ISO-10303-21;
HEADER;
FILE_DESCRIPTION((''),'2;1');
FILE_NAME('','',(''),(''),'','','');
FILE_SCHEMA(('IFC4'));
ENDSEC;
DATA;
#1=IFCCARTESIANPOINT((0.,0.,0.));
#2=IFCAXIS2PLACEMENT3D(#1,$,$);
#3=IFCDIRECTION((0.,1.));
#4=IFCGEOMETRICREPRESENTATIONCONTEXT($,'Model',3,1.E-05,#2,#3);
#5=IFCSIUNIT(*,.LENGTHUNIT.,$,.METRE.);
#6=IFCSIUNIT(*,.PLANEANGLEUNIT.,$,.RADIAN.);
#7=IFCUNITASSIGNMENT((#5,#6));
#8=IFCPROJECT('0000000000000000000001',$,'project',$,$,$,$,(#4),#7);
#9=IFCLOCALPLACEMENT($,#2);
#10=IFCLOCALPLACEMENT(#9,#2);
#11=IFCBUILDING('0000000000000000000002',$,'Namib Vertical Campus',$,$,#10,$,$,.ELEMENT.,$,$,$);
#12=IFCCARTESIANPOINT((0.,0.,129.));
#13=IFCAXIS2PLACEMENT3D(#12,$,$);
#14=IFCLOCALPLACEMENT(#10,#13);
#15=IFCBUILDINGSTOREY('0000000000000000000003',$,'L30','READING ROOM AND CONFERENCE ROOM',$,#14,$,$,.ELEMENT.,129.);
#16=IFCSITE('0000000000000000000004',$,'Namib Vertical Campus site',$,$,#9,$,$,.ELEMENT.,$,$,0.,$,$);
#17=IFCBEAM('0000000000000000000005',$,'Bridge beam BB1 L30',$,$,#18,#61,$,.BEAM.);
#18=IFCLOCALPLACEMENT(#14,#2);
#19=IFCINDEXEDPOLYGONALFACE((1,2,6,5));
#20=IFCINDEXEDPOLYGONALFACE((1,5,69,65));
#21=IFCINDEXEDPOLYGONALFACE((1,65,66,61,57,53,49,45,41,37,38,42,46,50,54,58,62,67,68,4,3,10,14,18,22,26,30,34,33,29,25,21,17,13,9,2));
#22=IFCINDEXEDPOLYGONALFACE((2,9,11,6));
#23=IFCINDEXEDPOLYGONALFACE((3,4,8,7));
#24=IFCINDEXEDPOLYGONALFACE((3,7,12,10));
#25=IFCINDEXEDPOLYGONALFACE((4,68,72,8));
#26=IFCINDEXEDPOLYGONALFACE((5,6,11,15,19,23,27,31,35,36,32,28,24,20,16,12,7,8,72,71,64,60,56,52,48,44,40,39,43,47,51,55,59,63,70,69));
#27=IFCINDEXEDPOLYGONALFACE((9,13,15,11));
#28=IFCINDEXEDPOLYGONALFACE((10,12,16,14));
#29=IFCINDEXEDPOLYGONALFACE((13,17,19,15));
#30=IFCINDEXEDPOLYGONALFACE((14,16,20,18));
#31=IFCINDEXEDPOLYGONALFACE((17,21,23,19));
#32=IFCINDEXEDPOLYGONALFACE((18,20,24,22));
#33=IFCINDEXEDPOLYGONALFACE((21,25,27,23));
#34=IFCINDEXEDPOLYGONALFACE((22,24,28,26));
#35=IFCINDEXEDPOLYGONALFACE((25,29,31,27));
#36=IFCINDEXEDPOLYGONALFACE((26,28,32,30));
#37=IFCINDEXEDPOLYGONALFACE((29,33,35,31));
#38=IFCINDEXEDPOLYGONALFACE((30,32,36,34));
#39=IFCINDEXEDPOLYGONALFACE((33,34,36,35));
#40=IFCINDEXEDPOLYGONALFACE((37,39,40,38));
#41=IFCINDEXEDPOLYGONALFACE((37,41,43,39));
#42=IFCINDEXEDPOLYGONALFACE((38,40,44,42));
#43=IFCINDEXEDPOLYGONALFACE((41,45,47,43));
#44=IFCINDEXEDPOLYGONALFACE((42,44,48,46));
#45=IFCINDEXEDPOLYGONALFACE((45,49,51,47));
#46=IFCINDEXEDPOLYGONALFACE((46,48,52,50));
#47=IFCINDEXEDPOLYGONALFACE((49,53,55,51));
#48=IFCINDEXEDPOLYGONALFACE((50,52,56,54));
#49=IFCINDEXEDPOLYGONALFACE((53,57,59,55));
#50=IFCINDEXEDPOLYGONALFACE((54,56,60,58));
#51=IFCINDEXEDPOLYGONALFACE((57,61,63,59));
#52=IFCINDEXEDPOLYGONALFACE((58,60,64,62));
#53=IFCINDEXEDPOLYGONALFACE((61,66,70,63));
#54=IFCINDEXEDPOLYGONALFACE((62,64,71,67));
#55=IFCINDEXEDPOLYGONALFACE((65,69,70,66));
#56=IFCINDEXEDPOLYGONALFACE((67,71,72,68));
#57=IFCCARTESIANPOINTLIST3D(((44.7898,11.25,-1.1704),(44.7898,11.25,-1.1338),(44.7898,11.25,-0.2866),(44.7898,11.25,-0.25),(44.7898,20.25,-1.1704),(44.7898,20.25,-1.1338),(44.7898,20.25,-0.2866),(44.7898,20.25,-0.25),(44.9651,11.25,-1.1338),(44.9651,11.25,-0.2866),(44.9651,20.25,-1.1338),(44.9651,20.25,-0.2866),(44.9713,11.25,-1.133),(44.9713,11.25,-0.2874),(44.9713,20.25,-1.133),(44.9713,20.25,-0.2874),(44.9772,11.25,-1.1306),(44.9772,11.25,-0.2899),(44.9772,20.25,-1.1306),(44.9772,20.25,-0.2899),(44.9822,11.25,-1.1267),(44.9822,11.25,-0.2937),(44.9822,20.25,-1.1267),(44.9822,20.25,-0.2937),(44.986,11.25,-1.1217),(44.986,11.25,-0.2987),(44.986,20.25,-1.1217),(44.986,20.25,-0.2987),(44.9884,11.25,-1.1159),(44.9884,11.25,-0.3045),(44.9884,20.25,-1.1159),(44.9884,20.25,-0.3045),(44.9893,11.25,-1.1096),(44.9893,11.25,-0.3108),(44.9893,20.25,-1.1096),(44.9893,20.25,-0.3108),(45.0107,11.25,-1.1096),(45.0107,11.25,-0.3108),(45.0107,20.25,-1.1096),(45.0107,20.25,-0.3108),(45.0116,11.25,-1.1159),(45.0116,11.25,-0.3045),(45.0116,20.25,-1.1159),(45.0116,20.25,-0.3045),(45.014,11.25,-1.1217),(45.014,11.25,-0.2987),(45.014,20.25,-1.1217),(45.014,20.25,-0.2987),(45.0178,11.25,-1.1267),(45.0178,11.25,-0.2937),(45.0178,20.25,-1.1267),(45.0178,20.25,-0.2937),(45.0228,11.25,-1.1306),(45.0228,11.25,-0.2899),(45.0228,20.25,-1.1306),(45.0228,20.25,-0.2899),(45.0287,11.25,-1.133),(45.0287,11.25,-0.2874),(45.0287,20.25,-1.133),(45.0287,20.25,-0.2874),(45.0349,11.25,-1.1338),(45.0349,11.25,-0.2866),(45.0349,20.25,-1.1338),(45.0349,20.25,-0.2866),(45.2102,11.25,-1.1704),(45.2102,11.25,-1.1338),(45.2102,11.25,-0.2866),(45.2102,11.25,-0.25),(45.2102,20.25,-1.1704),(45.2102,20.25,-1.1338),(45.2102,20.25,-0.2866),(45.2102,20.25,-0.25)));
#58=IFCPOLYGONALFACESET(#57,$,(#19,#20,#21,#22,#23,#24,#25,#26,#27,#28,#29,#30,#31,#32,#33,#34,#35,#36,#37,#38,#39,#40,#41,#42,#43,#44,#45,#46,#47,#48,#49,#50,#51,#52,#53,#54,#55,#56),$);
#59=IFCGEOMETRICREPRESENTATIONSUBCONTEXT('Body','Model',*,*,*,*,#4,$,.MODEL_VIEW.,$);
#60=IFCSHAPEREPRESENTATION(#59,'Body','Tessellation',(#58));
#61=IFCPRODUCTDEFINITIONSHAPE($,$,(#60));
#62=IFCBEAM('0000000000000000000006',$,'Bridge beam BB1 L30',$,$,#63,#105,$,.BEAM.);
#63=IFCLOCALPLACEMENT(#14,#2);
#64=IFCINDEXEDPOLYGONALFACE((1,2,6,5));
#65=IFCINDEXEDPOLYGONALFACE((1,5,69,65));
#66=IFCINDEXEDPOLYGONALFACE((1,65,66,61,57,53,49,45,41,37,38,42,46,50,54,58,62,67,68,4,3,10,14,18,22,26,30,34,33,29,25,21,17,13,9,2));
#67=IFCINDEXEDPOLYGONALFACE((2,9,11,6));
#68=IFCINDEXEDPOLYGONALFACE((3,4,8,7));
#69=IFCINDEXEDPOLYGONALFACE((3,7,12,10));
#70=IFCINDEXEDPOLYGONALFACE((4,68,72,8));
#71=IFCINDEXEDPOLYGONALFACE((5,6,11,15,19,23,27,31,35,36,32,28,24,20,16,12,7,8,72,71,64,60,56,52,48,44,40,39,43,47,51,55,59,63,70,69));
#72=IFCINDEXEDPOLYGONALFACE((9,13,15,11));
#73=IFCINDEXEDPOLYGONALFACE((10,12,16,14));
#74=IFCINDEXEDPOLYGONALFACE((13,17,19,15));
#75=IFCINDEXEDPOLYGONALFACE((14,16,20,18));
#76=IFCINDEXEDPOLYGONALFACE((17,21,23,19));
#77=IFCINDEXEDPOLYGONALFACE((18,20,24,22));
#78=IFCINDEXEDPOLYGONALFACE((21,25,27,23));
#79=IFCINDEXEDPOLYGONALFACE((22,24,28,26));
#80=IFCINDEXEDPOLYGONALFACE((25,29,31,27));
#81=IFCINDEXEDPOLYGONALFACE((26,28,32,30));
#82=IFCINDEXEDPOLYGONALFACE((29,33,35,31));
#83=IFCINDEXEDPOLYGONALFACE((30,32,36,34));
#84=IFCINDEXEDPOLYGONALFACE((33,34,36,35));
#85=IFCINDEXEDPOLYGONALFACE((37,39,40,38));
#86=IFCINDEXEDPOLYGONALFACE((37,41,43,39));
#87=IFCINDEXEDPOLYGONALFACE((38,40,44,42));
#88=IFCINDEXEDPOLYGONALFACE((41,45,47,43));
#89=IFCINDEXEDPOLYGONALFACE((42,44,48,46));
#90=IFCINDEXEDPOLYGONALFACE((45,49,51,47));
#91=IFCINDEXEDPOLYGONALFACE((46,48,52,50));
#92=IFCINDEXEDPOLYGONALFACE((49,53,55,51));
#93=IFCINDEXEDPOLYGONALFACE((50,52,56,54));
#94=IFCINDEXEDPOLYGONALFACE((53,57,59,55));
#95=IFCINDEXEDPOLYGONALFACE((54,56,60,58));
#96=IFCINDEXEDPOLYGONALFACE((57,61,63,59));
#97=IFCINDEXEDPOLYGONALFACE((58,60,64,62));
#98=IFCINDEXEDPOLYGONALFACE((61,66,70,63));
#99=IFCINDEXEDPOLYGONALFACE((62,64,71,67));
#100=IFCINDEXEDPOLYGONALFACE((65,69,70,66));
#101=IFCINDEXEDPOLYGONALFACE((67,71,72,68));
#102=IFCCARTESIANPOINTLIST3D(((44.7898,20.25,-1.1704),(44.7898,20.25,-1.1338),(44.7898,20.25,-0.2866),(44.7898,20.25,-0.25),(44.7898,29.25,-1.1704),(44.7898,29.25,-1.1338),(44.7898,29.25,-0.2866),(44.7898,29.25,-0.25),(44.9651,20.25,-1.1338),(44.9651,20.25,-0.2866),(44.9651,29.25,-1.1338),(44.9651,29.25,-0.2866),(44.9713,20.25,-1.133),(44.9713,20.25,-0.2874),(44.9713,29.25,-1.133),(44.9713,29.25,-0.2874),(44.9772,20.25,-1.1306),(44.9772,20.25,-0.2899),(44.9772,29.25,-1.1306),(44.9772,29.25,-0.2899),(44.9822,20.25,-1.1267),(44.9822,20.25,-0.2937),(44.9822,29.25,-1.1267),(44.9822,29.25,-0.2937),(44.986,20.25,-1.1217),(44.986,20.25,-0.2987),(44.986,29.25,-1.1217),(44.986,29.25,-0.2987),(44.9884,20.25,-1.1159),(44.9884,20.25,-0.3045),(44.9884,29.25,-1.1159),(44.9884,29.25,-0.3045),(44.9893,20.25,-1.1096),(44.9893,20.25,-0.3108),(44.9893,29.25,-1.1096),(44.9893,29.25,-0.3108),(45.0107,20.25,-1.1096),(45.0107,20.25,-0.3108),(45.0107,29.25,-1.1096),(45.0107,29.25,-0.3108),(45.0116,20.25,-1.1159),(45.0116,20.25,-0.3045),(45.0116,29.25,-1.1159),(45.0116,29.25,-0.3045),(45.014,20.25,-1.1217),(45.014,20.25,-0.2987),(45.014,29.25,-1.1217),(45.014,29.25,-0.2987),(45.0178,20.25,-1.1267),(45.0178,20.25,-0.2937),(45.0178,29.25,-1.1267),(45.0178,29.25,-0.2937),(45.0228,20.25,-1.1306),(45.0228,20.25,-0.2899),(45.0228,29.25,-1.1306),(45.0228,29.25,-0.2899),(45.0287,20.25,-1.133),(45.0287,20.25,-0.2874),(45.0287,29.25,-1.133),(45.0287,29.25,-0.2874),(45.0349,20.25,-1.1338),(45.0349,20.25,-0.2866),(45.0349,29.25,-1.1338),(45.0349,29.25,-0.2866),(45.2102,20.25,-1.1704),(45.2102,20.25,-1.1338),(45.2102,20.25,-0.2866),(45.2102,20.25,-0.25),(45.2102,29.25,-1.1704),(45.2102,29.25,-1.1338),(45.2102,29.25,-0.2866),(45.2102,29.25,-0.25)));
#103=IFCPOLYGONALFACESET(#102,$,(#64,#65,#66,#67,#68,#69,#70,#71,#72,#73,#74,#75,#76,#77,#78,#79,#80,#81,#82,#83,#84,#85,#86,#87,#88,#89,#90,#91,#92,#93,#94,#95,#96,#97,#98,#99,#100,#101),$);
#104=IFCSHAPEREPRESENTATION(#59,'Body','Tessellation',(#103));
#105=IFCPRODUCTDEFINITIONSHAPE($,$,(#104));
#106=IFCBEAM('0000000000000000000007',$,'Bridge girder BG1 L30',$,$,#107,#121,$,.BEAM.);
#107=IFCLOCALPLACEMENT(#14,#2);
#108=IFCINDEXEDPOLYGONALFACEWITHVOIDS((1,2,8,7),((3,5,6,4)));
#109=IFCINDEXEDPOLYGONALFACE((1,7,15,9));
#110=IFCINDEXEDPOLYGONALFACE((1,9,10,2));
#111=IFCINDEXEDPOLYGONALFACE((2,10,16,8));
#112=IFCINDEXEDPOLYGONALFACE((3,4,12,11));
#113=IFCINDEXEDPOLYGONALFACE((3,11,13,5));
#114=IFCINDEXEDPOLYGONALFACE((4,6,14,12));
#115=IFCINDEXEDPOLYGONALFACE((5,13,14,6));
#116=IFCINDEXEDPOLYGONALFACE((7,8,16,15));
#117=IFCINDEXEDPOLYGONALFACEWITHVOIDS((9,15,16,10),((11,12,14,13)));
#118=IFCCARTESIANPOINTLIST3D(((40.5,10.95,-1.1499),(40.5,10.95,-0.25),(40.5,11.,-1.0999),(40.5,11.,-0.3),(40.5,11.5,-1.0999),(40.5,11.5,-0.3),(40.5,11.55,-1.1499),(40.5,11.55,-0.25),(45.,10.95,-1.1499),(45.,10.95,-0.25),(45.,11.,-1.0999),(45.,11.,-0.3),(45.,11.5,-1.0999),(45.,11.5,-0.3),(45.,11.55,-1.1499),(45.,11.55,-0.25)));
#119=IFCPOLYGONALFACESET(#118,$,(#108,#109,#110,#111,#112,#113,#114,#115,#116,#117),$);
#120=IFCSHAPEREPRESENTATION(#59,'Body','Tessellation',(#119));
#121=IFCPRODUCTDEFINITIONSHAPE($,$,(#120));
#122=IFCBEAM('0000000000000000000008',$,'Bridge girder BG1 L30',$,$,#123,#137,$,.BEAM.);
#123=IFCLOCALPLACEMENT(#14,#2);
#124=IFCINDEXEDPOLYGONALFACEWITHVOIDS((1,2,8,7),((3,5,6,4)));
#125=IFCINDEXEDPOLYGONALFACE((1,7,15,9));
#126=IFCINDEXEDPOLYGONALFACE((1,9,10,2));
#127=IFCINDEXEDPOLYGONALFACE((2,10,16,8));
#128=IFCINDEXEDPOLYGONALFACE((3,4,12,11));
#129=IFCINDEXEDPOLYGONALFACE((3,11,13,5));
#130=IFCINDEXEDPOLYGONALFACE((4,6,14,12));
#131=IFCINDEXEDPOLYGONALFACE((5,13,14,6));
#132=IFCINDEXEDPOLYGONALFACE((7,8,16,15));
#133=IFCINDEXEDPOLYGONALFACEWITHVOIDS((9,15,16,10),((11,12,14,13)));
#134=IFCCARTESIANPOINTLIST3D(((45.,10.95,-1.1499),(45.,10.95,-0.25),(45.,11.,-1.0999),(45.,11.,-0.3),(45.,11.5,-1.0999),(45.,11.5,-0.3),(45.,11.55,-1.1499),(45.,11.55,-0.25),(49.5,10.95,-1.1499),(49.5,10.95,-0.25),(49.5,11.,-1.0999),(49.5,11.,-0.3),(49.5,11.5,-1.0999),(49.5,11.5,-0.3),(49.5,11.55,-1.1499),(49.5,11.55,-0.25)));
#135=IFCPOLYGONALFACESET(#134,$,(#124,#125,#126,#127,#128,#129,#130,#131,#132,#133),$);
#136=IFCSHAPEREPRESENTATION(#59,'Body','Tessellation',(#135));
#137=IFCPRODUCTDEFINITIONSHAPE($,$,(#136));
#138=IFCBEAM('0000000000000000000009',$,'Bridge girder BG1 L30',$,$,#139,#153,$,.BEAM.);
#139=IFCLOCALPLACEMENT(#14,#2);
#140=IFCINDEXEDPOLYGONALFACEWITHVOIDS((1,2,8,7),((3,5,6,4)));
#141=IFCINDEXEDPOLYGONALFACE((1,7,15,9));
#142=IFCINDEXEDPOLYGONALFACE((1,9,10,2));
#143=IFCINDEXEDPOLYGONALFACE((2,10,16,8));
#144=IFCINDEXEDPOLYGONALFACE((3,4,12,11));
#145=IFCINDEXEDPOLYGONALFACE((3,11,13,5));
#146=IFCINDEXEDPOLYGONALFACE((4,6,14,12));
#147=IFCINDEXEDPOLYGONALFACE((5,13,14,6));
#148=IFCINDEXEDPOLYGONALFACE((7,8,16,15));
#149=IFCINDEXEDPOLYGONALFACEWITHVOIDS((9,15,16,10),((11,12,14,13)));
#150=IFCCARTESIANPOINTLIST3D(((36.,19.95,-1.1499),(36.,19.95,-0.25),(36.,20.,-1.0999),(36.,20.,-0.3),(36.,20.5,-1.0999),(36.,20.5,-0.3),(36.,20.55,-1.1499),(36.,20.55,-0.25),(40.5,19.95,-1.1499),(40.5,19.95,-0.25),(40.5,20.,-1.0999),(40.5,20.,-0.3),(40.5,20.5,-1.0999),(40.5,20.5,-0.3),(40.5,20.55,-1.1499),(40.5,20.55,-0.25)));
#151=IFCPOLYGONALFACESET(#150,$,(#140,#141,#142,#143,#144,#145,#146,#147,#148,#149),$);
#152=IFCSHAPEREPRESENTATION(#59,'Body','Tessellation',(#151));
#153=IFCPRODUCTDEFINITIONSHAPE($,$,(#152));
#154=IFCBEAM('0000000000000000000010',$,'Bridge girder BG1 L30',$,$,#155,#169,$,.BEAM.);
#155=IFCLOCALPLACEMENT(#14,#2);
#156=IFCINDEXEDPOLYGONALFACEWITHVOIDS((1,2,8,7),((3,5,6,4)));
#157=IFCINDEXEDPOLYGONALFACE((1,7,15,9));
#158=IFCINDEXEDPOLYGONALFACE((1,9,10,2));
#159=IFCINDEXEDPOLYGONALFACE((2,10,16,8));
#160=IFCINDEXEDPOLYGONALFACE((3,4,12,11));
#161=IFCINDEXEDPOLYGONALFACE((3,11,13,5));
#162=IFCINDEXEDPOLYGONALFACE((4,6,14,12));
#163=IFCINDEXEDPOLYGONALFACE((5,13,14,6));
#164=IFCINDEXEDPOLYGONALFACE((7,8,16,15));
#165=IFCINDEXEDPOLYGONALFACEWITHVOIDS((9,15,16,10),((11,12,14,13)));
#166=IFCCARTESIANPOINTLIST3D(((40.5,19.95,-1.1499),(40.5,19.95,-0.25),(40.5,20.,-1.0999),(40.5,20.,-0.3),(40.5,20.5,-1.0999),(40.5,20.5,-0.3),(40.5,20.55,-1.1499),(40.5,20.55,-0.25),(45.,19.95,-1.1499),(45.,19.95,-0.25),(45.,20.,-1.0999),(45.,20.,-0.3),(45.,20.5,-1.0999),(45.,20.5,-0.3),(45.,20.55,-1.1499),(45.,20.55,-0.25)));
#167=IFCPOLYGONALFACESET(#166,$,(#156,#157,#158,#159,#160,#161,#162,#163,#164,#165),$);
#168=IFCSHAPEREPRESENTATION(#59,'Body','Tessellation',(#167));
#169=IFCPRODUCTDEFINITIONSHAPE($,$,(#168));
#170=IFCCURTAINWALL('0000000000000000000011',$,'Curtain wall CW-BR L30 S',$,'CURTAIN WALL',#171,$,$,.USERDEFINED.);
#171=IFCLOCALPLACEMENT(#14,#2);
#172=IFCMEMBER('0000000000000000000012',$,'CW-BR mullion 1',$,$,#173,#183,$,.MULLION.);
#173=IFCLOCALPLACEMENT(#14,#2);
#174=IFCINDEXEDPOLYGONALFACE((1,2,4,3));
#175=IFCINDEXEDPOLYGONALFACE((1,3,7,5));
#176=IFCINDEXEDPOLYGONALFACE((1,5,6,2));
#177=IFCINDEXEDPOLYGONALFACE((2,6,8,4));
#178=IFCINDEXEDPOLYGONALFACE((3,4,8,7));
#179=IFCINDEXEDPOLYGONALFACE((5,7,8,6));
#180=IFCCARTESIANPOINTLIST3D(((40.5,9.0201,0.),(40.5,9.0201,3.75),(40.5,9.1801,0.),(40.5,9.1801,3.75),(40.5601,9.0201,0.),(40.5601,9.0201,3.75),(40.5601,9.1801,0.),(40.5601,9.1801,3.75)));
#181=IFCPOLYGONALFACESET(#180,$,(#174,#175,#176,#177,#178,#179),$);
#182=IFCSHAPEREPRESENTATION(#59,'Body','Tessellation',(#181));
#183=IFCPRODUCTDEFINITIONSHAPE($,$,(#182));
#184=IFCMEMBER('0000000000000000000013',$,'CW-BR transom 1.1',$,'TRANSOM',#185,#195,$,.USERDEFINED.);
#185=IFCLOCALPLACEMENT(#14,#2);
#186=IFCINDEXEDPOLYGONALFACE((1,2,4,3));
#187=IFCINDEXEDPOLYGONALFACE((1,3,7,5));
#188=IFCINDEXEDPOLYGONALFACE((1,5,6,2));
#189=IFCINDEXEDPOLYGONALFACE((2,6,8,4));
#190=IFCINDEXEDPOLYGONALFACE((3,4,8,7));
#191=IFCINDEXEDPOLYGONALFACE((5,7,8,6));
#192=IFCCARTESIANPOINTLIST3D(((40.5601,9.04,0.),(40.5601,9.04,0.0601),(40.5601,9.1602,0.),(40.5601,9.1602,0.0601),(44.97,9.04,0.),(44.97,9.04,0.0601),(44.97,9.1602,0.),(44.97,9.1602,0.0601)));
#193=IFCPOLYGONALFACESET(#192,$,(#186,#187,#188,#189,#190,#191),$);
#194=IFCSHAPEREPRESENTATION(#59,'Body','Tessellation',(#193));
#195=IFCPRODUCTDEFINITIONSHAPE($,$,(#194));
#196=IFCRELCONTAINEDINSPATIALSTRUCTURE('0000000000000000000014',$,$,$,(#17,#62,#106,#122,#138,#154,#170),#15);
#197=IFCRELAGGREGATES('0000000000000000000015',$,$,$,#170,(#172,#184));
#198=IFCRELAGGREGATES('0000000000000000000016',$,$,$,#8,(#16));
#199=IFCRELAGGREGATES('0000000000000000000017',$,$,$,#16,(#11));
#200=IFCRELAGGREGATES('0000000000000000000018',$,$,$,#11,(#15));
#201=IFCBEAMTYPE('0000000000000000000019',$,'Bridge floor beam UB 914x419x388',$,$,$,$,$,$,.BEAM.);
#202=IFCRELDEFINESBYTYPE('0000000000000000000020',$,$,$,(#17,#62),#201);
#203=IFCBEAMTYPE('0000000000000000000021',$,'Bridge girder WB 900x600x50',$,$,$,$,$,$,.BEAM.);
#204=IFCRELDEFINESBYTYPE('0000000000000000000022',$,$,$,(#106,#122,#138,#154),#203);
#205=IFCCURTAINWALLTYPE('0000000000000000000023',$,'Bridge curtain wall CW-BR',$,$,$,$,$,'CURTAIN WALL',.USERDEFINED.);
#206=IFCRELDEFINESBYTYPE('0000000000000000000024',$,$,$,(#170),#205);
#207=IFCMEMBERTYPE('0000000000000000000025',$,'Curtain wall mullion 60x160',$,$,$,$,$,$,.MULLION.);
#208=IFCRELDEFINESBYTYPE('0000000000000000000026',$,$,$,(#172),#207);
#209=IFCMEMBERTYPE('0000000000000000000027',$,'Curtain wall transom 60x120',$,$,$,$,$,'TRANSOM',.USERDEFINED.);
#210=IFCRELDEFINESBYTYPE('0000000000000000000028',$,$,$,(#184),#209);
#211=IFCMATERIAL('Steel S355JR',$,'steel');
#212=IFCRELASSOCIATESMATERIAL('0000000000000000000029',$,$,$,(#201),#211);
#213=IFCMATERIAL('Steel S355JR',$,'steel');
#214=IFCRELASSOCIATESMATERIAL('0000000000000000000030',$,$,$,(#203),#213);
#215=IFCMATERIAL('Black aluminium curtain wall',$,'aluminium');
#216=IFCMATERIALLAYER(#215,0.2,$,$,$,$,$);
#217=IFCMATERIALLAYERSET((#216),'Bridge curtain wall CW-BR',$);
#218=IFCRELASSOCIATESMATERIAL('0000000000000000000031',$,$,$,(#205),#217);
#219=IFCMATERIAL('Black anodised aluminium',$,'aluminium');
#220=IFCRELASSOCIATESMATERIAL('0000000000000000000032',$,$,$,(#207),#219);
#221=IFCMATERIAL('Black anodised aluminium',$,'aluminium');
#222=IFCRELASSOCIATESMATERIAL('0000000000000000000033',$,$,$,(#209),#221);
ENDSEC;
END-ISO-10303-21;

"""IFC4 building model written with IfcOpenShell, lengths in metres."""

from ifc_helpers import new_model, si_unit, direction, frame, origin, origin_2d, place, context, subcontext, project, spatial, rectangle, hollow_rectangle, i_section, extrude, material, layer, layer_set, material_profile, profile_set, type_object, element, aggregate, save


model = new_model("IFC4")

# Units and contexts
model_context = context("Model", 3, precision=1e-05, world=origin(), true_north=direction((0.0, 1.0)))
body_context = subcontext(model_context, "Body", "Model", "MODEL_VIEW")
ifc_project = project(units=[si_unit("LENGTHUNIT", "METRE"), si_unit("PLANEANGLEUNIT", "RADIAN")], contexts=[model_context])

# Site, building, storey
site_placement = place(None, origin())
site = spatial("IfcSite", under=ifc_project, at=site_placement, Name="Namib Vertical Campus site", CompositionType="ELEMENT", RefElevation=0.0)
building_placement = place(site_placement, origin())
building = spatial("IfcBuilding", under=site, at=building_placement, Name="Namib Vertical Campus", CompositionType="ELEMENT")
storey_placement = place(building_placement, frame((0.0, 0.0, 129.0)))
storey = spatial("IfcBuildingStorey", under=building, at=storey_placement, Name="L30", Description="READING ROOM AND CONFERENCE ROOM", CompositionType="ELEMENT", Elevation=129.0)

# Beams
ifc_material_1 = material(Name="Steel S355JR", Category="steel")
ifc_material_profile_1 = material_profile(ifc_material_1, i_section(OverallWidth=0.4204, OverallDepth=0.9204, WebThickness=0.0215, FlangeThickness=0.0366, FilletRadius=0.0242, at=origin_2d()))
ifc_profile_set_1 = profile_set([ifc_material_profile_1], Name="Steel S355JR")
beam_type_1 = type_object("IfcBeamType", Name="Bridge floor beam UB 914x419x388", PredefinedType="BEAM", material=ifc_profile_set_1)
for number, where, z_axis, x_axis, name in (
    (1, (45.0, 11.25, -0.7102), (0.0, 1.0, 0.0), (-1.0, 0.0, 0.0), "Bridge beam BB1 L30"),
    (2, (45.0, 20.25, -0.7102), (0.0, 1.0, 0.0), (-1.0, 0.0, 0.0), "Bridge beam BB1 L30"),
):
    element("IfcBeam", number, at=place(storey_placement, frame(where, z_axis=z_axis, x_axis=x_axis)), inside=storey, type_object=beam_type_1, Name=name, PredefinedType="BEAM", context=body_context, shape_type="SweptSolid", body=[
        extrude(i_section(OverallWidth=0.4204, OverallDepth=0.9204, WebThickness=0.0215, FlangeThickness=0.0366, FilletRadius=0.0242, at=origin_2d()), origin(), (0.0, 0.0, 1.0), 9.0),
    ])
ifc_material_2 = material(Name="Steel S355JR", Category="steel")
ifc_material_profile_2 = material_profile(ifc_material_2, hollow_rectangle(XDim=0.6001, YDim=0.8999, WallThickness=0.05, at=origin_2d()))
ifc_profile_set_2 = profile_set([ifc_material_profile_2], Name="Steel S355JR")
beam_type_2 = type_object("IfcBeamType", Name="Bridge girder WB 900x600x50", PredefinedType="BEAM", material=ifc_profile_set_2)
for number, where, z_axis, x_axis, name in (
    (3, (40.5, 11.25, -0.7), (1.0, 0.0, 0.0), (0.0, 1.0, 0.0), "Bridge girder BG1 L30"),
    (4, (45.0, 11.25, -0.7), (1.0, 0.0, 0.0), (0.0, 1.0, 0.0), "Bridge girder BG1 L30"),
    (5, (36.0, 20.25, -0.7), (1.0, 0.0, 0.0), (0.0, 1.0, 0.0), "Bridge girder BG1 L30"),
    (6, (40.5, 20.25, -0.7), (1.0, 0.0, 0.0), (0.0, 1.0, 0.0), "Bridge girder BG1 L30"),
):
    element("IfcBeam", number, at=place(storey_placement, frame(where, z_axis=z_axis, x_axis=x_axis)), inside=storey, type_object=beam_type_2, Name=name, PredefinedType="BEAM", context=body_context, shape_type="SweptSolid", body=[
        extrude(hollow_rectangle(XDim=0.6001, YDim=0.8999, WallThickness=0.05, at=origin_2d()), origin(), (0.0, 0.0, 1.0), 4.5),
    ])

# Curtain wall, members
ifc_material_3 = material(Name="Black aluminium curtain wall", Category="aluminium")
ifc_layer_1 = layer(ifc_material_3, 0.2)
ifc_layer_set_1 = layer_set([ifc_layer_1], Name="Bridge curtain wall CW-BR")
curtain_wall_type = type_object("IfcCurtainWallType", Name="Bridge curtain wall CW-BR", ElementType="CURTAIN WALL", PredefinedType="USERDEFINED", material=ifc_layer_set_1)
curtain_wall_placement = place(storey_placement, origin())
curtain_wall = element("IfcCurtainWall", 7, at=curtain_wall_placement, inside=storey, type_object=curtain_wall_type, Name="Curtain wall CW-BR L30 S", ObjectType="CURTAIN WALL", PredefinedType="USERDEFINED")
ifc_material_4 = material(Name="Black anodised aluminium", Category="aluminium")
ifc_material_profile_3 = material_profile(ifc_material_4, rectangle(XDim=0.0601, YDim=0.1599, at=origin_2d()))
ifc_profile_set_3 = profile_set([ifc_material_profile_3], Name="Black anodised aluminium")
member_type_1 = type_object("IfcMemberType", Name="Curtain wall mullion 60x160", PredefinedType="MULLION", material=ifc_profile_set_3)
member_1_placement = place(storey_placement, frame((40.53, 9.1001, 0.0), z_axis=(0.0, 0.0, 1.0), x_axis=(1.0, 0.0, 0.0)))
member_1 = element("IfcMember", 8, at=member_1_placement, type_object=member_type_1, Name="CW-BR mullion 1", PredefinedType="MULLION", context=body_context, shape_type="SweptSolid", body=[
    extrude(rectangle(XDim=0.0601, YDim=0.1599, at=origin_2d()), origin(), (0.0, 0.0, 1.0), 3.75),
])
ifc_material_5 = material(Name="Black anodised aluminium", Category="aluminium")
ifc_material_profile_4 = material_profile(ifc_material_5, rectangle(XDim=0.0601, YDim=0.1201, at=origin_2d()))
ifc_profile_set_4 = profile_set([ifc_material_profile_4], Name="Black anodised aluminium")
member_type_2 = type_object("IfcMemberType", Name="Curtain wall transom 60x120", ElementType="TRANSOM", PredefinedType="USERDEFINED", material=ifc_profile_set_4)
member_2_placement = place(storey_placement, frame((40.5601, 9.1001, 0.03), z_axis=(1.0, 0.0, 0.0), x_axis=(0.0, 0.0, 1.0)))
member_2 = element("IfcMember", 9, at=member_2_placement, type_object=member_type_2, Name="CW-BR transom 1.1", ObjectType="TRANSOM", PredefinedType="USERDEFINED", context=body_context, shape_type="SweptSolid", body=[
    extrude(rectangle(XDim=0.0601, YDim=0.1201, at=origin_2d()), origin(), (0.0, 0.0, 1.0), 4.4099),
])

aggregate(curtain_wall, [member_1, member_2])

save(model, "model.ifc")
